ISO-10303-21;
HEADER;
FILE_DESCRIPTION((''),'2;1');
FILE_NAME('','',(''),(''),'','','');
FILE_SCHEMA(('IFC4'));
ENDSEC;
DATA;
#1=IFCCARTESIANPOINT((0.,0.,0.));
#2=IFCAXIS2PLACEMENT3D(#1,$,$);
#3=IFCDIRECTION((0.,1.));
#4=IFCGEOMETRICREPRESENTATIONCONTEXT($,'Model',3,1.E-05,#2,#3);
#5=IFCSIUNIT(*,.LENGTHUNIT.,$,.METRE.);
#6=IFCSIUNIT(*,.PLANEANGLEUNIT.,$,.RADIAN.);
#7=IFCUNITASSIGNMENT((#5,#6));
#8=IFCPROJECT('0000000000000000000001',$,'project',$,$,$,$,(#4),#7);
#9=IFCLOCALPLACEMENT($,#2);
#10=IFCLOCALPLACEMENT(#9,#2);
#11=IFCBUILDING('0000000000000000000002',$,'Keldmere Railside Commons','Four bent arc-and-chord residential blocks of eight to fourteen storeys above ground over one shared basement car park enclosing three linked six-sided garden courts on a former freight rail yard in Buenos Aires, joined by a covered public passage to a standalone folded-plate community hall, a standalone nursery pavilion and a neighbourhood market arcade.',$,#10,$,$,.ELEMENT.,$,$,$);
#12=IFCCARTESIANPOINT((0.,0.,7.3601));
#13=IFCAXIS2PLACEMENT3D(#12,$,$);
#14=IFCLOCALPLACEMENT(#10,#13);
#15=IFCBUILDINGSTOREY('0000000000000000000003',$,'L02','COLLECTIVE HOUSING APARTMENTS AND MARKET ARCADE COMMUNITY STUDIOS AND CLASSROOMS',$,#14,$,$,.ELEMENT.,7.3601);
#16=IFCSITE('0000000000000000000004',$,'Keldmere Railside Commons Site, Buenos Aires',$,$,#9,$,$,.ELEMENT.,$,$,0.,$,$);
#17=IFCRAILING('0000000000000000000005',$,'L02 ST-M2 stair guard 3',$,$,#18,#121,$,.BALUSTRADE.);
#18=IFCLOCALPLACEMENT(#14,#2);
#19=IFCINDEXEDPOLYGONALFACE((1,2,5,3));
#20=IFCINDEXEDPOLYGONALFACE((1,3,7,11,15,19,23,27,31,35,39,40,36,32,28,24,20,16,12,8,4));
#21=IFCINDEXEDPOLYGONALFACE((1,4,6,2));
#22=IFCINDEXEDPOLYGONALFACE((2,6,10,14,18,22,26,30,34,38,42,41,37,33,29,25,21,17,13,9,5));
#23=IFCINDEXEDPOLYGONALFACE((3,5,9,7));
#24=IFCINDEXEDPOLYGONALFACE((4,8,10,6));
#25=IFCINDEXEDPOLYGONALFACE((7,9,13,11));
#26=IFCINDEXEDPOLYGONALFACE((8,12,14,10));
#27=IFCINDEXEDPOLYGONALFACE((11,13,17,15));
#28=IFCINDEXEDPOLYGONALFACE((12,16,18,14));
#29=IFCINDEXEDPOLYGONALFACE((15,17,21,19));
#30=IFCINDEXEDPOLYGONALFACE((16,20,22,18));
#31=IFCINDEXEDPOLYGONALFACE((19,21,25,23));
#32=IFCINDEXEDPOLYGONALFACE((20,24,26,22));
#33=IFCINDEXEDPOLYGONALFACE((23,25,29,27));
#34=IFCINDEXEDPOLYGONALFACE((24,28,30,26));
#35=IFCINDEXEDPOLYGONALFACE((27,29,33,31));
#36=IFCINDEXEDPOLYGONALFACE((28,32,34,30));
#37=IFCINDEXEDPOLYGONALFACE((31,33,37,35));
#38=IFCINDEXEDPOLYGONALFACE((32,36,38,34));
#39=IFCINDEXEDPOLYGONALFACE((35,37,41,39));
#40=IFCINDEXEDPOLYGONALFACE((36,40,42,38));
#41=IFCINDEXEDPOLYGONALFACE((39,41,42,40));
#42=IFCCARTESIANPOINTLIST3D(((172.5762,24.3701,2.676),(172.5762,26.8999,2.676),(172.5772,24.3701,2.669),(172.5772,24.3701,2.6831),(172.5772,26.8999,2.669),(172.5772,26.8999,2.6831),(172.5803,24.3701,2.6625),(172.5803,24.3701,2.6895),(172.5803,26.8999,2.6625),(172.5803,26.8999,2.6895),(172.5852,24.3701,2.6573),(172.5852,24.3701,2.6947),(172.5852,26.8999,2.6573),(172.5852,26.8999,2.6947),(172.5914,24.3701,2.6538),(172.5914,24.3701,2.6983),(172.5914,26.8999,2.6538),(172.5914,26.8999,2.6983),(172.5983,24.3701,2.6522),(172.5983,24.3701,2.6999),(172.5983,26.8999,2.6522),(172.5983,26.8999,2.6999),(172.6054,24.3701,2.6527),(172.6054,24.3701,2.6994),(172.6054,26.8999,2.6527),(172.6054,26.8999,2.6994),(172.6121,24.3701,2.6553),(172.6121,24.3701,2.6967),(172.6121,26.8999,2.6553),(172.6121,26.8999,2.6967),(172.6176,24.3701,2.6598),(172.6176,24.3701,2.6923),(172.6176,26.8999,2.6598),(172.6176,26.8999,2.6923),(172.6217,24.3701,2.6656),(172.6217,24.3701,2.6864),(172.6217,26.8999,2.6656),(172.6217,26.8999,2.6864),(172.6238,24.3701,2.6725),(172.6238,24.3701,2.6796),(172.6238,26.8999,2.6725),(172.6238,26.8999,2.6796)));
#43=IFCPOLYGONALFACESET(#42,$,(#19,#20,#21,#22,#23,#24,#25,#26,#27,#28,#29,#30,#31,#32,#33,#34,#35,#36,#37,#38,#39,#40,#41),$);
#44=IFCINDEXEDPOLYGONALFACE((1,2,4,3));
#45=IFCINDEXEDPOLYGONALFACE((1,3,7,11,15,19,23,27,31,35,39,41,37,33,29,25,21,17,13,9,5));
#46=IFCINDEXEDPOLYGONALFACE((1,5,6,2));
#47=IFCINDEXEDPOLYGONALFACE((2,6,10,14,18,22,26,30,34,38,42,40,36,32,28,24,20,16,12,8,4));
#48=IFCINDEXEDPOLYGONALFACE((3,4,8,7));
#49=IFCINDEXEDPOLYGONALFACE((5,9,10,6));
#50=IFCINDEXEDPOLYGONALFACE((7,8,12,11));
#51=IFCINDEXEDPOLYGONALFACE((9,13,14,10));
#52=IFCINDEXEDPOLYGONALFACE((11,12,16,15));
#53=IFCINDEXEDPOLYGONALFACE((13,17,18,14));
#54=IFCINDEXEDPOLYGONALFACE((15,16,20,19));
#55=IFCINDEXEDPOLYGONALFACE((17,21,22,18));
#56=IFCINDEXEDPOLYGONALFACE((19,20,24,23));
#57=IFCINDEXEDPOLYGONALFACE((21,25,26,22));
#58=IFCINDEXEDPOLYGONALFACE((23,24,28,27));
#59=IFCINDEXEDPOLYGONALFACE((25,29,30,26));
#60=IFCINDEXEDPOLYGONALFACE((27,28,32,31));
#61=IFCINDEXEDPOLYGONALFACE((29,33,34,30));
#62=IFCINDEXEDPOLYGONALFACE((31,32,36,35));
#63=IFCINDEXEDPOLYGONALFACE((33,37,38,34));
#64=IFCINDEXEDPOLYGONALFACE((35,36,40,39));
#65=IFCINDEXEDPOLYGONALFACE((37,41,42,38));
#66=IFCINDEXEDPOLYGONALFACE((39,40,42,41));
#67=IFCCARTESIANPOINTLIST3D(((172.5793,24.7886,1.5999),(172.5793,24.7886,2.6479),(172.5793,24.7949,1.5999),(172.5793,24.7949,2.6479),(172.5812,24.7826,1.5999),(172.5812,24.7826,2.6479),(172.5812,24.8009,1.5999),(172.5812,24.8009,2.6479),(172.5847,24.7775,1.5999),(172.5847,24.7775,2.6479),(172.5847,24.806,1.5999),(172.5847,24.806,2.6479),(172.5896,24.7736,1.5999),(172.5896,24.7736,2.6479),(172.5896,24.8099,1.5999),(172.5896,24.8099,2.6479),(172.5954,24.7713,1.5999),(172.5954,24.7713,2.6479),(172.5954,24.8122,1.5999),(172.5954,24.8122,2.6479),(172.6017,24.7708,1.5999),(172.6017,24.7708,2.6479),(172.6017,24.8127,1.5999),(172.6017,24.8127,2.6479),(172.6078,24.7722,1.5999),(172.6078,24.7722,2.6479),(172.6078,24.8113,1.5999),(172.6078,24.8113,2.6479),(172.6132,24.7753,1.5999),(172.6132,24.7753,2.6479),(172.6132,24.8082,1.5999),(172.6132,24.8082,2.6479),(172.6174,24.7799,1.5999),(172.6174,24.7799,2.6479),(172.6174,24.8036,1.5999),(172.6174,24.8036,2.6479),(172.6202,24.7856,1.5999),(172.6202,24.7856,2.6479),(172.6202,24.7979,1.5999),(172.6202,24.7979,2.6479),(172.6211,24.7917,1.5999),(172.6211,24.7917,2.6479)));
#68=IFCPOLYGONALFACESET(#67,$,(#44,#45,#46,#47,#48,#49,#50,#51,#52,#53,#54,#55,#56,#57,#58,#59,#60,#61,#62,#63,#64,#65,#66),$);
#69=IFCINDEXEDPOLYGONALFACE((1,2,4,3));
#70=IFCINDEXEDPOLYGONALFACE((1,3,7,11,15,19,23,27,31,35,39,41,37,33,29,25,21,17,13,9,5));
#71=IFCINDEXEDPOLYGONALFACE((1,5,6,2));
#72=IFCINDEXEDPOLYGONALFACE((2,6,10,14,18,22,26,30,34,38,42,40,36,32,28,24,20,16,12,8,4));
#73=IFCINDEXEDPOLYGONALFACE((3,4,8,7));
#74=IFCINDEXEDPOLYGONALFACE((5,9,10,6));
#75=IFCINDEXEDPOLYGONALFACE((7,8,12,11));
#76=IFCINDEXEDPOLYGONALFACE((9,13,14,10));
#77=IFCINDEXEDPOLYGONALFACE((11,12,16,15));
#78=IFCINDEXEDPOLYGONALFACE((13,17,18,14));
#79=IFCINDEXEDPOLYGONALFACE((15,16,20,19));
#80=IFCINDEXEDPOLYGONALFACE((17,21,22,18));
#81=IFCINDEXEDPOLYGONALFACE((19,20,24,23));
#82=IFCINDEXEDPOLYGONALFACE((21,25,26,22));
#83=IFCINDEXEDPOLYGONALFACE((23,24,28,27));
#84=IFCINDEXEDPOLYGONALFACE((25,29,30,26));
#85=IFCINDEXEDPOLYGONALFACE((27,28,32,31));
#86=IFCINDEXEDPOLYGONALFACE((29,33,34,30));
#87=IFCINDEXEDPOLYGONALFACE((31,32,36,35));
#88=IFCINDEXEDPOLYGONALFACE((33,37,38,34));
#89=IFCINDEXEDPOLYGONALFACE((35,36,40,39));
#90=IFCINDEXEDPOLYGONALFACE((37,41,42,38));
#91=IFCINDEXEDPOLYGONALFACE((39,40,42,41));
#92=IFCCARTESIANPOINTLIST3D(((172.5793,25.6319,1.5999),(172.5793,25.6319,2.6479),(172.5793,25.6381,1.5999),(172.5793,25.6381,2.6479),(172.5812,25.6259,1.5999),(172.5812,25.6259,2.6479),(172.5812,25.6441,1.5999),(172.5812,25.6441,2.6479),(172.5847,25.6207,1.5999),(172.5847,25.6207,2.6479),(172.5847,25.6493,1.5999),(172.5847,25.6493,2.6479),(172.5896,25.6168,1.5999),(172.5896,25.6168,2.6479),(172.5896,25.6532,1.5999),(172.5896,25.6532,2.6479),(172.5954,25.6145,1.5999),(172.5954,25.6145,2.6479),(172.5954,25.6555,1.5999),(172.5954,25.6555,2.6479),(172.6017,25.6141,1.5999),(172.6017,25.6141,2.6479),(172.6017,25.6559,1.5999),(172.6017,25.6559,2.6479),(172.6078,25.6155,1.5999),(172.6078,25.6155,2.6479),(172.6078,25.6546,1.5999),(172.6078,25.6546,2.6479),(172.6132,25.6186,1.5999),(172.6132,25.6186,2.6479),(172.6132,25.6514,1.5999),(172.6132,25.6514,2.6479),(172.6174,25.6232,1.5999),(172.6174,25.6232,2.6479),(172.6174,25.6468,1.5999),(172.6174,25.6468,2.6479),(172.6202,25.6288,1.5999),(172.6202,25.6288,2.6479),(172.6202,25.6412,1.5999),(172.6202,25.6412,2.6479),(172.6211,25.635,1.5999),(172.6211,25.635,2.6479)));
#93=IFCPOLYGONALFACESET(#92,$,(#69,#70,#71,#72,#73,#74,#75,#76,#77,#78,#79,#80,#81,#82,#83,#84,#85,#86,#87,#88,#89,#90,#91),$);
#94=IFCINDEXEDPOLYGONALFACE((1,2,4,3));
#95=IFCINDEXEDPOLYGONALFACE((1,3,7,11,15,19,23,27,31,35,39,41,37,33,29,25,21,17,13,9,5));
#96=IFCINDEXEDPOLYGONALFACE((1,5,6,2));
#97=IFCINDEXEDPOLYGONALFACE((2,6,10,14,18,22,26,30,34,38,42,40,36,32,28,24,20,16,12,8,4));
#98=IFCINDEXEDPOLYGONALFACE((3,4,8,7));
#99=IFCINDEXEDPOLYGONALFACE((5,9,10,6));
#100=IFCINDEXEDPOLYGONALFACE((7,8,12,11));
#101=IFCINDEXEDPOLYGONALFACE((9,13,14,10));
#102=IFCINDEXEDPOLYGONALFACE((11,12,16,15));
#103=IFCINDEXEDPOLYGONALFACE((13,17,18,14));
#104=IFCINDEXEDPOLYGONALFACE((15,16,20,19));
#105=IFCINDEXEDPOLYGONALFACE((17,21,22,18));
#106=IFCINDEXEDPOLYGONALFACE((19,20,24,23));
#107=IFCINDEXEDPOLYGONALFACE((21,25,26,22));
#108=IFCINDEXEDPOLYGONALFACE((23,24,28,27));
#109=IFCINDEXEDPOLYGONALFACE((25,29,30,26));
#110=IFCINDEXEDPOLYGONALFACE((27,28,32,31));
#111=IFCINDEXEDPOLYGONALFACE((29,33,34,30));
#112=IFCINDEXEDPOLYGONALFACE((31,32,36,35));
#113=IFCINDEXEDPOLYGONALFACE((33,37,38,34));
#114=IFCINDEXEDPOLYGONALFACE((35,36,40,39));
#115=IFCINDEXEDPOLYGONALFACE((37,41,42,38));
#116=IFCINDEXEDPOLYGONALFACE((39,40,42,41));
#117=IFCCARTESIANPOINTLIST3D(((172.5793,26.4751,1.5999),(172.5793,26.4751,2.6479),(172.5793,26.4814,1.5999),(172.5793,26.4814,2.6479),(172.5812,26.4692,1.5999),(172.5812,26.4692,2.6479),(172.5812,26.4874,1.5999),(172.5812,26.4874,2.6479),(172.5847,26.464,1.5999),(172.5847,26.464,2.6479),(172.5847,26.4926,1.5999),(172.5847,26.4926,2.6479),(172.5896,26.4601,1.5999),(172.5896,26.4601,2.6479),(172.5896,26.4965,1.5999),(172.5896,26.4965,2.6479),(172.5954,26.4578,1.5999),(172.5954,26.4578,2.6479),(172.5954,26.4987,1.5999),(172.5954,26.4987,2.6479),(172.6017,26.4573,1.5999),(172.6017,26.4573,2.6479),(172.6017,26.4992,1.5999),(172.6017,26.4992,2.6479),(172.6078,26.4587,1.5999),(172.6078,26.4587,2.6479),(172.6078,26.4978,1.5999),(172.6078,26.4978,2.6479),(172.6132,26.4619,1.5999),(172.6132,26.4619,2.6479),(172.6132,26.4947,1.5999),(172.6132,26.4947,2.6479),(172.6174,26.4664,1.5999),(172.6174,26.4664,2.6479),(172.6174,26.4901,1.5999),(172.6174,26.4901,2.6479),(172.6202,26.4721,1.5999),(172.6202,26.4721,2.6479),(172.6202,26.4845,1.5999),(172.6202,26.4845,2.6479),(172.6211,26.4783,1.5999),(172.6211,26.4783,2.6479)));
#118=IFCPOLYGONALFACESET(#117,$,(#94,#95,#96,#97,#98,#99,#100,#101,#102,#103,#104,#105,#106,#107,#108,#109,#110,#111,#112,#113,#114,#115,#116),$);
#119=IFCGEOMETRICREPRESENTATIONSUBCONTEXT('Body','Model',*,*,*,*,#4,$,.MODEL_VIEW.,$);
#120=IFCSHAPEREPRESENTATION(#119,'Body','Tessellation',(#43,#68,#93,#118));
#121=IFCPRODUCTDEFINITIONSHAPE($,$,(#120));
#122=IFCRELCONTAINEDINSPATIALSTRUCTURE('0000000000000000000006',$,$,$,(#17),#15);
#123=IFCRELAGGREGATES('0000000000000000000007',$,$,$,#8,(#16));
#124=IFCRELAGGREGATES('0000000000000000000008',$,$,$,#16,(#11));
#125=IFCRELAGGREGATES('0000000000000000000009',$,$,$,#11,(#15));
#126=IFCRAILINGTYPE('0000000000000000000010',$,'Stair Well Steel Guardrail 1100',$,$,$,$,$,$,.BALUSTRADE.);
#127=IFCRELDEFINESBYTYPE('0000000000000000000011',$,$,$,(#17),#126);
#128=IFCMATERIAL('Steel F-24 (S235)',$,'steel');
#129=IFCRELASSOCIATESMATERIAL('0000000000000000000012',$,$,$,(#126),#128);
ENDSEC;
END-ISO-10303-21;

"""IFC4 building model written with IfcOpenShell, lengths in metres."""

from ifc_helpers import new_model, si_unit, direction, frame, origin, origin_2d, place, context, subcontext, project, spatial, circle, extrude, material, type_object, element, save


model = new_model("IFC4")

# Units and contexts
model_context = context("Model", 3, precision=1e-05, world=origin(), true_north=direction((0.0, 1.0)))
body_context = subcontext(model_context, "Body", "Model", "MODEL_VIEW")
ifc_project = project(units=[si_unit("LENGTHUNIT", "METRE"), si_unit("PLANEANGLEUNIT", "RADIAN")], contexts=[model_context])

# Site, building, storey
site_placement = place(None, origin())
site = spatial("IfcSite", under=ifc_project, at=site_placement, Name="Keldmere Railside Commons Site, Buenos Aires", CompositionType="ELEMENT", RefElevation=0.0)
building_placement = place(site_placement, origin())
building = spatial("IfcBuilding", under=site, at=building_placement, Name="Keldmere Railside Commons", Description="Four bent arc-and-chord residential blocks of eight to fourteen storeys above ground over one shared basement car park enclosing three linked six-sided garden courts on a former freight rail yard in Buenos Aires, joined by a covered public passage to a standalone folded-plate community hall, a standalone nursery pavilion and a neighbourhood market arcade.", CompositionType="ELEMENT")
storey_placement = place(building_placement, frame((0.0, 0.0, 7.3601)))
storey = spatial("IfcBuildingStorey", under=building, at=storey_placement, Name="L02", Description="COLLECTIVE HOUSING APARTMENTS AND MARKET ARCADE COMMUNITY STUDIOS AND CLASSROOMS", CompositionType="ELEMENT", Elevation=7.3601)

# Shared definitions
ifc_material_1 = material(Name="Steel F-24 (S235)", Category="steel")

# Railing
railing_type_1 = type_object("IfcRailingType", Name="Stair Well Steel Guardrail 1100", PredefinedType="BALUSTRADE", material=ifc_material_1)
railing_1_placement = place(storey_placement, frame((172.6001, 24.3701, 1.5999)))
element("IfcRailing", 1, at=railing_1_placement, inside=storey, type_object=railing_type_1, Name="L02 ST-M2 stair guard 3", PredefinedType="BALUSTRADE", context=body_context, shape_type="SweptSolid", body=[
    extrude(circle(Radius=0.0239, at=origin_2d()), frame((0.0, 0.0, 1.0762), z_axis=(0.0, 1.0, 0.0), x_axis=(-1.0, 0.0, 0.0)), (0.0, 0.0, 1.0), 2.5298),
    extrude(circle(Radius=0.021, at=origin_2d()), frame((0.0, 0.4216, 0.0)), (0.0, 0.0, 1.0), 1.0481),
    extrude(circle(Radius=0.021, at=origin_2d()), frame((0.0, 1.2649, 0.0)), (0.0, 0.0, 1.0), 1.0481),
    extrude(circle(Radius=0.021, at=origin_2d()), frame((0.0, 2.1082, 0.0)), (0.0, 0.0, 1.0), 1.0481),
])

save(model, "model.ifc")
